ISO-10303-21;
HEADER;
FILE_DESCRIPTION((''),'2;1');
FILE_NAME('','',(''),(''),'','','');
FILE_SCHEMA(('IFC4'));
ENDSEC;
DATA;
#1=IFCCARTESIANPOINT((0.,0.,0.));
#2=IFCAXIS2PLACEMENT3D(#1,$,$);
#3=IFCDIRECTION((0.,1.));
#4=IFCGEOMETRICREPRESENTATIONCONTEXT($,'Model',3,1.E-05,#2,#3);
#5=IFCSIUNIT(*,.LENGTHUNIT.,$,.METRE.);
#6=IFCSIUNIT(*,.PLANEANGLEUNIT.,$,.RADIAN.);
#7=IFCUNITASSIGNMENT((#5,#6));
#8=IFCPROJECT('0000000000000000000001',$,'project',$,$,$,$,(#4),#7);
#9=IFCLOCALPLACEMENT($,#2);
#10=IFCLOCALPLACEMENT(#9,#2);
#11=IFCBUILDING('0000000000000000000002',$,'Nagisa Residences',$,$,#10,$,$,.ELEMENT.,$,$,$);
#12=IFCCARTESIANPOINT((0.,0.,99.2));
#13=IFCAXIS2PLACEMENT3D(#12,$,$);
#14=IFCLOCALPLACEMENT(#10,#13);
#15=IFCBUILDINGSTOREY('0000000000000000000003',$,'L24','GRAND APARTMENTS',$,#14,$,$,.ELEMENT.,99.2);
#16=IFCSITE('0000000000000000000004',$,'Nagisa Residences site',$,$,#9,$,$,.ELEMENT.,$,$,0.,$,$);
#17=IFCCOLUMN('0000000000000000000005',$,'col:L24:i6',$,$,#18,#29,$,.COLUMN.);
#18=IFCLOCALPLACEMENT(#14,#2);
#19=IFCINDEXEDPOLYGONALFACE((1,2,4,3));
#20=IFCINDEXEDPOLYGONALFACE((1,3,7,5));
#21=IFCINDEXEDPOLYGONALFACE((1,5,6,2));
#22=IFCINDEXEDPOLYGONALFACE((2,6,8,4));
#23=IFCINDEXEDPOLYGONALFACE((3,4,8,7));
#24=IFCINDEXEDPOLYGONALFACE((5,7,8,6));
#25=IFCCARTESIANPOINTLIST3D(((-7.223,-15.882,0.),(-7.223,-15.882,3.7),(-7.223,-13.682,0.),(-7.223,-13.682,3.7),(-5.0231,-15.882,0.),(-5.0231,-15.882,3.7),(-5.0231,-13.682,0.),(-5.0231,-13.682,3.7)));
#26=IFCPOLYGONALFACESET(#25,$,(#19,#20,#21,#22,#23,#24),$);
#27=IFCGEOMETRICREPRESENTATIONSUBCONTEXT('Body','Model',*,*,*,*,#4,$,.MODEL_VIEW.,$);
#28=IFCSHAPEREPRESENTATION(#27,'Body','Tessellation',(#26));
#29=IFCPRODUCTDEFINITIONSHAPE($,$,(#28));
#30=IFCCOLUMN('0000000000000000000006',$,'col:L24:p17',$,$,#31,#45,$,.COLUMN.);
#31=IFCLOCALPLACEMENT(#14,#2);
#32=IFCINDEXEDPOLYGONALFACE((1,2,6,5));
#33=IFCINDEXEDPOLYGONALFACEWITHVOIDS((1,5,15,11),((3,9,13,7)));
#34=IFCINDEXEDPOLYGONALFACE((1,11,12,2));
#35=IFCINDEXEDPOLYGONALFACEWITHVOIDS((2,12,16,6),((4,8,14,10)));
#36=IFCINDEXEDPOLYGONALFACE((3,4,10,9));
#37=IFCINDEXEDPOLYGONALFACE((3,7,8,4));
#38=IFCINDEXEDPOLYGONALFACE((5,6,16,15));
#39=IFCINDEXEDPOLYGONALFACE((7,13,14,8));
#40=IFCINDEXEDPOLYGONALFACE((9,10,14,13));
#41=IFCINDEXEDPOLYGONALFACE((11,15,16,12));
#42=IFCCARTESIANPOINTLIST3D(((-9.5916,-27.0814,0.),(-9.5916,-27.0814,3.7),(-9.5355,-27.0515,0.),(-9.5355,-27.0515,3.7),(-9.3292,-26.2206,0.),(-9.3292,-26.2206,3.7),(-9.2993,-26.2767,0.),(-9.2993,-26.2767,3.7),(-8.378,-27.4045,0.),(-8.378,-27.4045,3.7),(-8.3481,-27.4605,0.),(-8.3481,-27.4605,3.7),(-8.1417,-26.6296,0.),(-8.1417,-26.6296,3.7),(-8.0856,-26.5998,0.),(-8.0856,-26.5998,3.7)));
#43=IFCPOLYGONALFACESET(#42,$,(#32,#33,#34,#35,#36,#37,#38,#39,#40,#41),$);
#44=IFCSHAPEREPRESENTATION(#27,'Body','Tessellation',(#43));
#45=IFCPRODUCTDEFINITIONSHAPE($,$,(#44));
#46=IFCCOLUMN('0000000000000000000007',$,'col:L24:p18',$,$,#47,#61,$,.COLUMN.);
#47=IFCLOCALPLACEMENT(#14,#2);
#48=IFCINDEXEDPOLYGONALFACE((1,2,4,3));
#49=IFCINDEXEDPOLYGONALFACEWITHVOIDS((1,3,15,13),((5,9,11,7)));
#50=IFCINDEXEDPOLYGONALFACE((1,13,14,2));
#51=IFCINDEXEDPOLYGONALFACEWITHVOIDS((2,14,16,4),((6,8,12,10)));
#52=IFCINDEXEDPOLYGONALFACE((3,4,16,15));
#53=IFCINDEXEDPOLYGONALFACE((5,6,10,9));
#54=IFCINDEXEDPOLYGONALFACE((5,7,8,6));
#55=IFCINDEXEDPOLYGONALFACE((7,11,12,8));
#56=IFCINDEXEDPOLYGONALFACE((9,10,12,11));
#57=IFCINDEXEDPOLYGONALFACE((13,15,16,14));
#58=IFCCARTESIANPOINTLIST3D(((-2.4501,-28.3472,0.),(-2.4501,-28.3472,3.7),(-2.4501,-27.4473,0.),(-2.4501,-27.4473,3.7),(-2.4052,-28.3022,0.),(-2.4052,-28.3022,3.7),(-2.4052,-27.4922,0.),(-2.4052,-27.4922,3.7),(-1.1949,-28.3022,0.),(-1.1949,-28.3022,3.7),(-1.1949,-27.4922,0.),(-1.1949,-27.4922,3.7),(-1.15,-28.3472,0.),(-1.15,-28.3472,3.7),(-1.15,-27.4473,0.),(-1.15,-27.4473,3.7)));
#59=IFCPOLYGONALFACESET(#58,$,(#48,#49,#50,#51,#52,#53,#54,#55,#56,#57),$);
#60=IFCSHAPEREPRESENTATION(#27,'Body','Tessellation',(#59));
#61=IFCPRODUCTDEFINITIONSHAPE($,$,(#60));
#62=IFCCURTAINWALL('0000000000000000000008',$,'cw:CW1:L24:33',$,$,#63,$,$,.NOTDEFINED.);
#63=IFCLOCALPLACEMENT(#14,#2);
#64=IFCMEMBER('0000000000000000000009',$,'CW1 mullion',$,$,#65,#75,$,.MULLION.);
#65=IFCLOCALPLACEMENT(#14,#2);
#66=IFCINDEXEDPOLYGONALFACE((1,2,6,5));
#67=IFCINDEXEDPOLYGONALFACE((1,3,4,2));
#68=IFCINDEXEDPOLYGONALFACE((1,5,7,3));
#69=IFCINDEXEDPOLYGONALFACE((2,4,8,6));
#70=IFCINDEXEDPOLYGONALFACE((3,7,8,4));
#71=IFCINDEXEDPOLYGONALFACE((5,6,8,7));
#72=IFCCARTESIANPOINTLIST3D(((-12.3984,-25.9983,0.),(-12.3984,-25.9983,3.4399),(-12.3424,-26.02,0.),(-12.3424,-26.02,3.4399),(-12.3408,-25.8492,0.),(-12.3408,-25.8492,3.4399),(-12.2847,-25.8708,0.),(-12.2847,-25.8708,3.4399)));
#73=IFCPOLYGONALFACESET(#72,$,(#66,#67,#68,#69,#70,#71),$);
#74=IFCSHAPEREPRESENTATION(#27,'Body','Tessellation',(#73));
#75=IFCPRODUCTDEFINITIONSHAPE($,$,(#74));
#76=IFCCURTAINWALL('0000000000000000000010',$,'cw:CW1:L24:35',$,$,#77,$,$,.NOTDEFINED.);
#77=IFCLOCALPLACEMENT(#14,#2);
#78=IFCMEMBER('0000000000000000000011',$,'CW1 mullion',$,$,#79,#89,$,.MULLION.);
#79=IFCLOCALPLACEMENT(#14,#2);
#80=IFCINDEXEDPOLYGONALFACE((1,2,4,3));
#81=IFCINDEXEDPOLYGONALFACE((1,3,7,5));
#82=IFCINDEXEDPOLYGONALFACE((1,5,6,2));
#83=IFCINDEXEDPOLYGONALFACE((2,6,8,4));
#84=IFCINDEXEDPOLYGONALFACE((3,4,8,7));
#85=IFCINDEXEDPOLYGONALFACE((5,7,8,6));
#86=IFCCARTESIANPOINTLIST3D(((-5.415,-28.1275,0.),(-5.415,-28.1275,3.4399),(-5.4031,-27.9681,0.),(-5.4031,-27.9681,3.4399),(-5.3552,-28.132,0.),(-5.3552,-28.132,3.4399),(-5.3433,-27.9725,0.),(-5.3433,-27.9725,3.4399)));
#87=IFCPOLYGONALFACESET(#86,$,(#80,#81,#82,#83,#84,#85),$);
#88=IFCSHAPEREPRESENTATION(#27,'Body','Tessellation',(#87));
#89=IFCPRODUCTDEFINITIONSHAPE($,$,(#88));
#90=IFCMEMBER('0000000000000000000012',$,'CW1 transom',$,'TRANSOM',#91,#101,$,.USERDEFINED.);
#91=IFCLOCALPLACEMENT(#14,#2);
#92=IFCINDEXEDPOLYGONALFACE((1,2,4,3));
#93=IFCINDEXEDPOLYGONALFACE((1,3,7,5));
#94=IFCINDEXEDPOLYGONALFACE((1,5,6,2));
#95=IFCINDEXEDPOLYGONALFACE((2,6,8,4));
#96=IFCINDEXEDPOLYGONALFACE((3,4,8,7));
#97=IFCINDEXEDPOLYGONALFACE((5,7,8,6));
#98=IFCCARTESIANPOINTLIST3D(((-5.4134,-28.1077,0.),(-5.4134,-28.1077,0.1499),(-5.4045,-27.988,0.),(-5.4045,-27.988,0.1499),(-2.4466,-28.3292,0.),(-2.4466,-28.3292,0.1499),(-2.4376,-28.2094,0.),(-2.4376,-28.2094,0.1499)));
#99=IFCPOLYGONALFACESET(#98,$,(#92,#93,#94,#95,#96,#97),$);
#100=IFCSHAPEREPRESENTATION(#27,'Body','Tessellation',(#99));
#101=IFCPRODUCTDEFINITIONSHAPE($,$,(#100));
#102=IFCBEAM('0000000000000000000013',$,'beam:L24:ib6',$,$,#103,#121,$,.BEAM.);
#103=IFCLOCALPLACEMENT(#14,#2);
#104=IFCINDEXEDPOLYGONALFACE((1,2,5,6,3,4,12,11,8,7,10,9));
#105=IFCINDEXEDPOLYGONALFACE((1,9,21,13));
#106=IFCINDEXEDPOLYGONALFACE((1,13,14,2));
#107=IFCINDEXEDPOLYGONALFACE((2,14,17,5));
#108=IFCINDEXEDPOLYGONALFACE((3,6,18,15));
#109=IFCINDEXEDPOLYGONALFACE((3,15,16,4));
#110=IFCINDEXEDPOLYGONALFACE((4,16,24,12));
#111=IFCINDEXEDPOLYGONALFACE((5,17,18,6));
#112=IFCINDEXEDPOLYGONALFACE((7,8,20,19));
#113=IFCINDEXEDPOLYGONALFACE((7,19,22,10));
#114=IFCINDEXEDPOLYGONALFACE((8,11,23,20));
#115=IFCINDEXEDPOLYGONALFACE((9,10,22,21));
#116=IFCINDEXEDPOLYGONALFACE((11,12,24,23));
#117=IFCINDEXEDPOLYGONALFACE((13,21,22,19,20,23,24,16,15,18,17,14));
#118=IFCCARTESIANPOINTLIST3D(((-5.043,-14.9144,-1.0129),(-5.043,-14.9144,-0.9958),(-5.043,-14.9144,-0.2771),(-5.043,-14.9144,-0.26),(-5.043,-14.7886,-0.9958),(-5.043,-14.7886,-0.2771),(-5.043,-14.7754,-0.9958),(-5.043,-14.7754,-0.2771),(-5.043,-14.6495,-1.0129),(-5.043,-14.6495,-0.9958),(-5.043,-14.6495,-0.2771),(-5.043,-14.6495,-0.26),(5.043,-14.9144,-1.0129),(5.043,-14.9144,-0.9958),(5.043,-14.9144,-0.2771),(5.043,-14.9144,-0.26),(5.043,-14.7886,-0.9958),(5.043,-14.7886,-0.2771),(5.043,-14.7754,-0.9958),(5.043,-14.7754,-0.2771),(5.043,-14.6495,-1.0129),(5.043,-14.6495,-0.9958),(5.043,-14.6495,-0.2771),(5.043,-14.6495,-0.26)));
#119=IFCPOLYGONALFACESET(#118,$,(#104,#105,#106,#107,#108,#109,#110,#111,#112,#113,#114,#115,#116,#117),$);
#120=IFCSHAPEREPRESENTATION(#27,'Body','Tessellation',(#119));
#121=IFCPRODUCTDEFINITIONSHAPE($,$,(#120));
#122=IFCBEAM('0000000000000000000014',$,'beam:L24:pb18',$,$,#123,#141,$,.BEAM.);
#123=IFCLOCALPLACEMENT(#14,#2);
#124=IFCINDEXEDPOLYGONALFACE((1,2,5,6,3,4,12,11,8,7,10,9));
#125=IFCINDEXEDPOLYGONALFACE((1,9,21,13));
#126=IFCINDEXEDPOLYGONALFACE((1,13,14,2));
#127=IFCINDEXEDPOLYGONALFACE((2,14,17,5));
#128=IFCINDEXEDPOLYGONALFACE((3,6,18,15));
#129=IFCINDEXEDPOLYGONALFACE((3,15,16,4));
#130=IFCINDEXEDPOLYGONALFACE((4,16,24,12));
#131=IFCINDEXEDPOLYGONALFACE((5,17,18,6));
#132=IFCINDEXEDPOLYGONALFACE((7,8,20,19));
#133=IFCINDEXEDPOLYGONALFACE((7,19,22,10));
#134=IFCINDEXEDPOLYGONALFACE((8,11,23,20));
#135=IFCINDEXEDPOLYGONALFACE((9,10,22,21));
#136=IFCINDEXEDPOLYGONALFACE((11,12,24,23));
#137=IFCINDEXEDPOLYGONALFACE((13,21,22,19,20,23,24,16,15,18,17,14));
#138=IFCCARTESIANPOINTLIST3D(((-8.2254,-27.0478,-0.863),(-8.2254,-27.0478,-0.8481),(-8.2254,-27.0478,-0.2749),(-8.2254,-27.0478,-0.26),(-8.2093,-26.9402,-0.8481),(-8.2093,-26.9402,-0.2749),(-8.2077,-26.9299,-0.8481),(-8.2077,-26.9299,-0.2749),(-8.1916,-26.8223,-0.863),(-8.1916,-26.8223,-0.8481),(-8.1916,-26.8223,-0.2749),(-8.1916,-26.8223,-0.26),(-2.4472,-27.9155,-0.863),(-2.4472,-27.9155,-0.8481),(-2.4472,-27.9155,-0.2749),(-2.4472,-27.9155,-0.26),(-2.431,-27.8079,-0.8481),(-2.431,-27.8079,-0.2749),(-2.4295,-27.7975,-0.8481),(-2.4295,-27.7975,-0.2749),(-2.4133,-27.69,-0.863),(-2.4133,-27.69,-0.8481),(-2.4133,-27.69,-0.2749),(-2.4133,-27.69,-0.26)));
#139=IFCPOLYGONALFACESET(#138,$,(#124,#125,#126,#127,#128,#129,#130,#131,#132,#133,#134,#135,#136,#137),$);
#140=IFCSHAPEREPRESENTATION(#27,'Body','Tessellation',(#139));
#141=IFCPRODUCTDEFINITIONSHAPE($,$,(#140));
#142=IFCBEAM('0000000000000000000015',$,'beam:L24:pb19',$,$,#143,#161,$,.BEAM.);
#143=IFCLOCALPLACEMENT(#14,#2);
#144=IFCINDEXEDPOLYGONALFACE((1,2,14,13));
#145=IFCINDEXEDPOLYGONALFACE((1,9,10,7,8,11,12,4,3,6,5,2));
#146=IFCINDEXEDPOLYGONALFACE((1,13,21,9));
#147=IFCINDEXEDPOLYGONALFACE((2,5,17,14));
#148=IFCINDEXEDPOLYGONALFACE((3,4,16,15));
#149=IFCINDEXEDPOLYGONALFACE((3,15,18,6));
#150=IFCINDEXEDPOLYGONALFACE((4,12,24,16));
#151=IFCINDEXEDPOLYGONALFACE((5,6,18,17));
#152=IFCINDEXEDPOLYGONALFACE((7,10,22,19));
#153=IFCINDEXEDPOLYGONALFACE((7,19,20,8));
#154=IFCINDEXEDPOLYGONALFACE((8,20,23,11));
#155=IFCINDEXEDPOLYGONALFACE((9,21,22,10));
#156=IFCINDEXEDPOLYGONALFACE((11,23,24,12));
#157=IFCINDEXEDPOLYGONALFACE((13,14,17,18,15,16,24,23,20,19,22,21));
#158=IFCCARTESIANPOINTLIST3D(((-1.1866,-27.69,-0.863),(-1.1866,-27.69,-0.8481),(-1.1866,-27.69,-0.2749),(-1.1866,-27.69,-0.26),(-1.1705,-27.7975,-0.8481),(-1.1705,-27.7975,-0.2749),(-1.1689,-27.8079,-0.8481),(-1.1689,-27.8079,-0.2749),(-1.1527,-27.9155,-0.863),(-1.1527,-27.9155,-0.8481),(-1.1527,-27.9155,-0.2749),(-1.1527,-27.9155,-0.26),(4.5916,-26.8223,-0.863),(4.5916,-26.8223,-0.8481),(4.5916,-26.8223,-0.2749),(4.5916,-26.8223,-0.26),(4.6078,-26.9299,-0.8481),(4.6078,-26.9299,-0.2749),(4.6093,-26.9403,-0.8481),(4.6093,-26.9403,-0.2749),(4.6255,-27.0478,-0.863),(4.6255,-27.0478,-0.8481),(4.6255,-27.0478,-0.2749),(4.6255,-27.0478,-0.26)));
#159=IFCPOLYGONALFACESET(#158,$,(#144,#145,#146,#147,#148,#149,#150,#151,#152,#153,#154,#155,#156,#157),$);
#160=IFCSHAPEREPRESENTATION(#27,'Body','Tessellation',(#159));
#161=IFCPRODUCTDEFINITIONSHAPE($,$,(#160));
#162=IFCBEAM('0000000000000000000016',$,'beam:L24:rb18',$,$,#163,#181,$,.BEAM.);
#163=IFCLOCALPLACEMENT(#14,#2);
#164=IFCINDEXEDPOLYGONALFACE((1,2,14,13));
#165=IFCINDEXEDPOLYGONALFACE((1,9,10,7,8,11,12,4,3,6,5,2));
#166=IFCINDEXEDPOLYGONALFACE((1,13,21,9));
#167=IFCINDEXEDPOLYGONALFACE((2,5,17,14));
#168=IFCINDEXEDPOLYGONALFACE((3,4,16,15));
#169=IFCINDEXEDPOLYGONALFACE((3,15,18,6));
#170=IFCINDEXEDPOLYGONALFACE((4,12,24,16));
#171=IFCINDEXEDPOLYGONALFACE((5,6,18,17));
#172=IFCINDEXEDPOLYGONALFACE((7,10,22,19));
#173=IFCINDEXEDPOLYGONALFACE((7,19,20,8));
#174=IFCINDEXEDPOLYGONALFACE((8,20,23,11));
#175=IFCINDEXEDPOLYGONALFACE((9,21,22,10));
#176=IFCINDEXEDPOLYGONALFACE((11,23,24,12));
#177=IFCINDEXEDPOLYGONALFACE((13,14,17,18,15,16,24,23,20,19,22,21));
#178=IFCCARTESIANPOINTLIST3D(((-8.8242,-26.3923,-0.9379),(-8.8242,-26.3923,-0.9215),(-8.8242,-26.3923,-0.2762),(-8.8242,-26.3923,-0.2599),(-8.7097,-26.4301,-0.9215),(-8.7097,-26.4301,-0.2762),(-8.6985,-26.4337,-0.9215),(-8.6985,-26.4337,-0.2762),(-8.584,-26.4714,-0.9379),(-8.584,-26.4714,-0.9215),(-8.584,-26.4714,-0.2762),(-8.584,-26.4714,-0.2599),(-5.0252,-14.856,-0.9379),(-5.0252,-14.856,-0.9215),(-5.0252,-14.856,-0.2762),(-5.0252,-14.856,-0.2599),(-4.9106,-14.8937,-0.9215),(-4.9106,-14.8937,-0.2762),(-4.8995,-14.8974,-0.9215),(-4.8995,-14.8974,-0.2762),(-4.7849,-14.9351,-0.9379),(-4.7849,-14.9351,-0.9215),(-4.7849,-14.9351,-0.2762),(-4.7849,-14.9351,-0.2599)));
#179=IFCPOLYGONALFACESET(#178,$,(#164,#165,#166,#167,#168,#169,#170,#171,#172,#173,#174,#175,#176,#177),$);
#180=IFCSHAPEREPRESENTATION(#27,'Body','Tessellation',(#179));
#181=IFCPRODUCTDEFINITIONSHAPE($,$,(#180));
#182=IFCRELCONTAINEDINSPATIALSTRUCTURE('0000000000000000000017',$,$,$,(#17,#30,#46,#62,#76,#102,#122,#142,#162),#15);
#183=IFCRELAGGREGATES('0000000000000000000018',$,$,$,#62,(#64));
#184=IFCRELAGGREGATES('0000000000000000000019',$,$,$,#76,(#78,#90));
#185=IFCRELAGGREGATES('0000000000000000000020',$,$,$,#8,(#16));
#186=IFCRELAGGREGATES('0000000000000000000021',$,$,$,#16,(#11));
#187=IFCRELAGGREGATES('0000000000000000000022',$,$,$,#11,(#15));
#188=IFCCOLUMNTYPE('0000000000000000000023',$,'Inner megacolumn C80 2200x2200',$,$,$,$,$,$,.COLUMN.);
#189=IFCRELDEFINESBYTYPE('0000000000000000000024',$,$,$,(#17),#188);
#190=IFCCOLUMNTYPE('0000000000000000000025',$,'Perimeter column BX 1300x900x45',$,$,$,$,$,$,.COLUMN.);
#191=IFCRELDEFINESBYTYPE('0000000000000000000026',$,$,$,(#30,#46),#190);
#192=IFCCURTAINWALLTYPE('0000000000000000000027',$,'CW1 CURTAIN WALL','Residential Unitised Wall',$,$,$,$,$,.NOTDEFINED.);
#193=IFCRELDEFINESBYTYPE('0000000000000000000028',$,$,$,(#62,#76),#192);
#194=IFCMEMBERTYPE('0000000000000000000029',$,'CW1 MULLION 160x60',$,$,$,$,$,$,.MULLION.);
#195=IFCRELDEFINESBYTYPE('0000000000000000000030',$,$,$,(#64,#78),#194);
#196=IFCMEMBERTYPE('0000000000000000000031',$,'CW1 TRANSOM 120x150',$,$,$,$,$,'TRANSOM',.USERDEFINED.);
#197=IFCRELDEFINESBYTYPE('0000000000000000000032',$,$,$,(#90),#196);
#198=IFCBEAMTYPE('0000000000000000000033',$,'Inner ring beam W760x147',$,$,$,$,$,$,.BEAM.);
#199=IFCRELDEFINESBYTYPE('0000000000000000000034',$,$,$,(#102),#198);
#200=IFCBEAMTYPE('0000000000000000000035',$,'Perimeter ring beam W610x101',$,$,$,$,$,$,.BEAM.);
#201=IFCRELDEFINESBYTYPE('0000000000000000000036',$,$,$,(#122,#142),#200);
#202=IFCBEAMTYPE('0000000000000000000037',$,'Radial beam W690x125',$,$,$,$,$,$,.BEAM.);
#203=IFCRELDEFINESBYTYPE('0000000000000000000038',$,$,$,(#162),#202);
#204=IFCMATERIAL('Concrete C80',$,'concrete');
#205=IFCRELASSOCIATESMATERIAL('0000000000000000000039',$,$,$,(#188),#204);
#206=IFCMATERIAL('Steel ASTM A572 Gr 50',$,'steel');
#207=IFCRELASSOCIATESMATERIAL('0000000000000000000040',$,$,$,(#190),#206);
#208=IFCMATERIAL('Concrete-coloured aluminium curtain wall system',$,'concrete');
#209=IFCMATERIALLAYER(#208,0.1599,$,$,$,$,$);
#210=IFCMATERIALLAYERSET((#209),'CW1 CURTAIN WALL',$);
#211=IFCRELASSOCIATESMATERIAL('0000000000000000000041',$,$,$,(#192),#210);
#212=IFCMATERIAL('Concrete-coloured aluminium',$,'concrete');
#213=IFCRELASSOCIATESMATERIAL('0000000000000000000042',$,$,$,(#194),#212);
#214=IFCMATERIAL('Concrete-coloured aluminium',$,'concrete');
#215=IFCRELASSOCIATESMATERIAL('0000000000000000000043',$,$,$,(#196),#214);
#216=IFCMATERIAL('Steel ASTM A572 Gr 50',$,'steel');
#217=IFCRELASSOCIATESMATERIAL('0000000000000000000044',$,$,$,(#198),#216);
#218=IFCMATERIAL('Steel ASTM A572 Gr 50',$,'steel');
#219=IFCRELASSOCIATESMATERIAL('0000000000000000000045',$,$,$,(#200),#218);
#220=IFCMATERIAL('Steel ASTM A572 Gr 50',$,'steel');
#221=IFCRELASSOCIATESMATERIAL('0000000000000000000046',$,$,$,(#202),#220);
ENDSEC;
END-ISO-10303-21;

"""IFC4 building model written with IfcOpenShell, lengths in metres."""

from ifc_helpers import new_model, si_unit, direction, frame, origin, origin_2d, place, context, subcontext, project, spatial, rectangle, hollow_rectangle, i_section, extrude, material, layer, layer_set, material_profile, profile_set, type_object, element, aggregate, save


model = new_model("IFC4")

# Units and contexts
model_context = context("Model", 3, precision=1e-05, world=origin(), true_north=direction((0.0, 1.0)))
body_context = subcontext(model_context, "Body", "Model", "MODEL_VIEW")
ifc_project = project(units=[si_unit("LENGTHUNIT", "METRE"), si_unit("PLANEANGLEUNIT", "RADIAN")], contexts=[model_context])

# Site, building, storey
site_placement = place(None, origin())
site = spatial("IfcSite", under=ifc_project, at=site_placement, Name="Nagisa Residences site", CompositionType="ELEMENT", RefElevation=0.0)
building_placement = place(site_placement, origin())
building = spatial("IfcBuilding", under=site, at=building_placement, Name="Nagisa Residences", CompositionType="ELEMENT")
storey_placement = place(building_placement, frame((0.0, 0.0, 99.2)))
storey = spatial("IfcBuildingStorey", under=building, at=storey_placement, Name="L24", Description="GRAND APARTMENTS", CompositionType="ELEMENT", Elevation=99.2)

# Columns
ifc_material_1 = material(Name="Concrete C80", Category="concrete")
ifc_material_profile_1 = material_profile(ifc_material_1, rectangle(XDim=2.2, YDim=2.2, at=origin_2d()), Name="C80 2200x2200")
ifc_profile_set_1 = profile_set([ifc_material_profile_1], Name="Concrete C80")
column_type_1 = type_object("IfcColumnType", Name="Inner megacolumn C80 2200x2200", PredefinedType="COLUMN", material=ifc_profile_set_1)
column_placement = place(storey_placement, frame((-6.123, -14.782, 0.0), z_axis=(0.0, 0.0, 1.0), x_axis=(1.0, 0.0, 0.0)))
element("IfcColumn", 1, at=column_placement, inside=storey, type_object=column_type_1, Name="col:L24:i6", PredefinedType="COLUMN", context=body_context, shape_type="SweptSolid", body=[
    extrude(rectangle(XDim=2.2, YDim=2.2, at=origin_2d()), origin(), (0.0, 0.0, 1.0), 3.7),
])
ifc_material_2 = material(Name="Steel ASTM A572 Gr 50", Category="steel")
ifc_material_profile_2 = material_profile(ifc_material_2, hollow_rectangle(XDim=1.3, YDim=0.8999, WallThickness=0.0449, at=origin_2d()), Name="BX 1300x900x45")
ifc_profile_set_2 = profile_set([ifc_material_profile_2], Name="Steel ASTM A572 Gr 50")
column_type_2 = type_object("IfcColumnType", Name="Perimeter column BX 1300x900x45", PredefinedType="COLUMN", material=ifc_profile_set_2)
for number, where, z_axis, x_axis, name in (
    (2, (-8.8386, -26.8406, 0.0), (0.0, 0.0, 1.0), (0.956525, -0.291652, 0.0), "col:L24:p17"),
    (3, (-1.8, -27.8972, 0.0), (0.0, 0.0, 1.0), (1.0, 0.0, 0.0), "col:L24:p18"),
):
    element("IfcColumn", number, at=place(storey_placement, frame(where, z_axis=z_axis, x_axis=x_axis)), inside=storey, type_object=column_type_2, Name=name, PredefinedType="COLUMN", context=body_context, shape_type="SweptSolid", body=[
        extrude(hollow_rectangle(XDim=1.3, YDim=0.8999, WallThickness=0.0449, at=origin_2d()), origin(), (0.0, 0.0, 1.0), 3.7),
    ])

# Curtain wall, member
ifc_material_3 = material(Name="Concrete-coloured aluminium curtain wall system", Category="concrete")
ifc_layer_1 = layer(ifc_material_3, 0.1599)
ifc_layer_set_1 = layer_set([ifc_layer_1], Name="CW1 CURTAIN WALL")
curtain_wall_type = type_object("IfcCurtainWallType", Name="CW1 CURTAIN WALL", Description="Residential Unitised Wall", PredefinedType="NOTDEFINED", material=ifc_layer_set_1)
curtain_wall_1_placement = place(storey_placement, origin())
curtain_wall_1 = element("IfcCurtainWall", 4, at=curtain_wall_1_placement, inside=storey, type_object=curtain_wall_type, Name="cw:CW1:L24:33", PredefinedType="NOTDEFINED")
ifc_material_4 = material(Name="Concrete-coloured aluminium", Category="concrete")
ifc_material_profile_3 = material_profile(ifc_material_4, rectangle(XDim=0.1599, YDim=0.0601, at=origin_2d()), Name="CW1 MULLION 160x60")
ifc_profile_set_3 = profile_set([ifc_material_profile_3], Name="Concrete-coloured aluminium")
member_type_1 = type_object("IfcMemberType", Name="CW1 MULLION 160x60", PredefinedType="MULLION", material=ifc_profile_set_3)
member_1_placement = place(storey_placement, frame((-12.3416, -25.9346, 0.0), z_axis=(0.0, 0.0, 1.0), x_axis=(0.360328, 0.932826, 0.0)))
member_1 = element("IfcMember", 5, at=member_1_placement, type_object=member_type_1, Name="CW1 mullion", PredefinedType="MULLION", context=body_context, shape_type="SweptSolid", body=[
    extrude(rectangle(XDim=0.1599, YDim=0.0601, at=origin_2d()), origin(), (0.0, 0.0, 1.0), 3.4399),
])

# Curtain wall, members
curtain_wall_2_placement = place(storey_placement, origin())
curtain_wall_2 = element("IfcCurtainWall", 6, at=curtain_wall_2_placement, inside=storey, type_object=curtain_wall_type, Name="cw:CW1:L24:35", PredefinedType="NOTDEFINED")
member_2_placement = place(storey_placement, frame((-5.3792, -28.05, 0.0), z_axis=(0.0, 0.0, 1.0), x_axis=(0.074377, 0.99723, 0.0)))
member_2 = element("IfcMember", 7, at=member_2_placement, type_object=member_type_1, Name="CW1 mullion", PredefinedType="MULLION", context=body_context, shape_type="SweptSolid", body=[
    extrude(rectangle(XDim=0.1599, YDim=0.0601, at=origin_2d()), origin(), (0.0, 0.0, 1.0), 3.4399),
])
ifc_material_5 = material(Name="Concrete-coloured aluminium", Category="concrete")
ifc_material_profile_4 = material_profile(ifc_material_5, rectangle(XDim=0.1201, YDim=0.1499, at=origin_2d()), Name="CW1 TRANSOM 120x150")
ifc_profile_set_4 = profile_set([ifc_material_profile_4], Name="Concrete-coloured aluminium")
member_type_2 = type_object("IfcMemberType", Name="CW1 TRANSOM 120x150", ElementType="TRANSOM", PredefinedType="USERDEFINED", material=ifc_profile_set_4)
member_3_placement = place(storey_placement, frame((-5.4089, -28.0479, 0.075), z_axis=(0.997226, -0.074431, 0.0), x_axis=(0.074431, 0.997226, 0.0)))
member_3 = element("IfcMember", 8, at=member_3_placement, type_object=member_type_2, Name="CW1 transom", ObjectType="TRANSOM", PredefinedType="USERDEFINED", context=body_context, shape_type="SweptSolid", body=[
    extrude(rectangle(XDim=0.1201, YDim=0.1499, at=origin_2d()), origin(), (0.0, 0.0, 1.0), 2.9751),
])

# Beams
ifc_material_6 = material(Name="Steel ASTM A572 Gr 50", Category="steel")
ifc_material_profile_5 = material_profile(ifc_material_6, i_section(OverallWidth=0.2649, OverallDepth=0.7529, WebThickness=0.0132, FlangeThickness=0.0171, at=origin_2d()), Name="W760x147")
ifc_profile_set_5 = profile_set([ifc_material_profile_5], Name="Steel ASTM A572 Gr 50")
beam_type_1 = type_object("IfcBeamType", Name="Inner ring beam W760x147", PredefinedType="BEAM", material=ifc_profile_set_5)
beam_1_placement = place(storey_placement, frame((-5.043, -14.782, -0.6365), z_axis=(1.0, 0.0, 0.0), x_axis=(0.0, 1.0, 0.0)))
element("IfcBeam", 9, at=beam_1_placement, inside=storey, type_object=beam_type_1, Name="beam:L24:ib6", PredefinedType="BEAM", context=body_context, shape_type="SweptSolid", body=[
    extrude(i_section(OverallWidth=0.2649, OverallDepth=0.7529, WebThickness=0.0132, FlangeThickness=0.0171, at=origin_2d()), origin(), (0.0, 0.0, 1.0), 10.0859),
])
ifc_material_7 = material(Name="Steel ASTM A572 Gr 50", Category="steel")
ifc_material_profile_6 = material_profile(ifc_material_7, i_section(OverallWidth=0.228, OverallDepth=0.603, WebThickness=0.0105, FlangeThickness=0.0149, at=origin_2d()), Name="W610x101")
ifc_profile_set_6 = profile_set([ifc_material_profile_6], Name="Steel ASTM A572 Gr 50")
beam_type_2 = type_object("IfcBeamType", Name="Perimeter ring beam W610x101", PredefinedType="BEAM", material=ifc_profile_set_6)
for number, where, z_axis, x_axis, name in (
    (10, (-8.2085, -26.9351, -0.5615), (0.988913, -0.148496, 0.0), (0.148496, 0.988913, 0.0), "beam:L24:pb18"),
    (11, (-1.1697, -27.8027, -0.5615), (0.988913, 0.148496, 0.0), (-0.148496, 0.988913, 0.0), "beam:L24:pb19"),
):
    element("IfcBeam", number, at=place(storey_placement, frame(where, z_axis=z_axis, x_axis=x_axis)), inside=storey, type_object=beam_type_2, Name=name, PredefinedType="BEAM", context=body_context, shape_type="SweptSolid", body=[
        extrude(i_section(OverallWidth=0.228, OverallDepth=0.603, WebThickness=0.0105, FlangeThickness=0.0149, at=origin_2d()), origin(), (0.0, 0.0, 1.0), 5.843),
    ])
ifc_material_8 = material(Name="Steel ASTM A572 Gr 50", Category="steel")
ifc_material_profile_7 = material_profile(ifc_material_8, i_section(OverallWidth=0.2529, OverallDepth=0.678, WebThickness=0.0117, FlangeThickness=0.0164, at=origin_2d()), Name="W690x125")
ifc_profile_set_7 = profile_set([ifc_material_profile_7], Name="Steel ASTM A572 Gr 50")
beam_type_3 = type_object("IfcBeamType", Name="Radial beam W690x125", PredefinedType="BEAM", material=ifc_profile_set_7)
beam_2_placement = place(storey_placement, frame((-8.7041, -26.4319, -0.5989), z_axis=(0.312788, 0.949823, 0.0), x_axis=(-0.949823, 0.312788, 0.0)))
element("IfcBeam", 12, at=beam_2_placement, inside=storey, type_object=beam_type_3, Name="beam:L24:rb18", PredefinedType="BEAM", context=body_context, shape_type="SweptSolid", body=[
    extrude(i_section(OverallWidth=0.2529, OverallDepth=0.678, WebThickness=0.0117, FlangeThickness=0.0164, at=origin_2d()), origin(), (0.0, 0.0, 1.0), 12.1458),
])

aggregate(curtain_wall_1, [member_1])
aggregate(curtain_wall_2, [member_2, member_3])

save(model, "model.ifc")
